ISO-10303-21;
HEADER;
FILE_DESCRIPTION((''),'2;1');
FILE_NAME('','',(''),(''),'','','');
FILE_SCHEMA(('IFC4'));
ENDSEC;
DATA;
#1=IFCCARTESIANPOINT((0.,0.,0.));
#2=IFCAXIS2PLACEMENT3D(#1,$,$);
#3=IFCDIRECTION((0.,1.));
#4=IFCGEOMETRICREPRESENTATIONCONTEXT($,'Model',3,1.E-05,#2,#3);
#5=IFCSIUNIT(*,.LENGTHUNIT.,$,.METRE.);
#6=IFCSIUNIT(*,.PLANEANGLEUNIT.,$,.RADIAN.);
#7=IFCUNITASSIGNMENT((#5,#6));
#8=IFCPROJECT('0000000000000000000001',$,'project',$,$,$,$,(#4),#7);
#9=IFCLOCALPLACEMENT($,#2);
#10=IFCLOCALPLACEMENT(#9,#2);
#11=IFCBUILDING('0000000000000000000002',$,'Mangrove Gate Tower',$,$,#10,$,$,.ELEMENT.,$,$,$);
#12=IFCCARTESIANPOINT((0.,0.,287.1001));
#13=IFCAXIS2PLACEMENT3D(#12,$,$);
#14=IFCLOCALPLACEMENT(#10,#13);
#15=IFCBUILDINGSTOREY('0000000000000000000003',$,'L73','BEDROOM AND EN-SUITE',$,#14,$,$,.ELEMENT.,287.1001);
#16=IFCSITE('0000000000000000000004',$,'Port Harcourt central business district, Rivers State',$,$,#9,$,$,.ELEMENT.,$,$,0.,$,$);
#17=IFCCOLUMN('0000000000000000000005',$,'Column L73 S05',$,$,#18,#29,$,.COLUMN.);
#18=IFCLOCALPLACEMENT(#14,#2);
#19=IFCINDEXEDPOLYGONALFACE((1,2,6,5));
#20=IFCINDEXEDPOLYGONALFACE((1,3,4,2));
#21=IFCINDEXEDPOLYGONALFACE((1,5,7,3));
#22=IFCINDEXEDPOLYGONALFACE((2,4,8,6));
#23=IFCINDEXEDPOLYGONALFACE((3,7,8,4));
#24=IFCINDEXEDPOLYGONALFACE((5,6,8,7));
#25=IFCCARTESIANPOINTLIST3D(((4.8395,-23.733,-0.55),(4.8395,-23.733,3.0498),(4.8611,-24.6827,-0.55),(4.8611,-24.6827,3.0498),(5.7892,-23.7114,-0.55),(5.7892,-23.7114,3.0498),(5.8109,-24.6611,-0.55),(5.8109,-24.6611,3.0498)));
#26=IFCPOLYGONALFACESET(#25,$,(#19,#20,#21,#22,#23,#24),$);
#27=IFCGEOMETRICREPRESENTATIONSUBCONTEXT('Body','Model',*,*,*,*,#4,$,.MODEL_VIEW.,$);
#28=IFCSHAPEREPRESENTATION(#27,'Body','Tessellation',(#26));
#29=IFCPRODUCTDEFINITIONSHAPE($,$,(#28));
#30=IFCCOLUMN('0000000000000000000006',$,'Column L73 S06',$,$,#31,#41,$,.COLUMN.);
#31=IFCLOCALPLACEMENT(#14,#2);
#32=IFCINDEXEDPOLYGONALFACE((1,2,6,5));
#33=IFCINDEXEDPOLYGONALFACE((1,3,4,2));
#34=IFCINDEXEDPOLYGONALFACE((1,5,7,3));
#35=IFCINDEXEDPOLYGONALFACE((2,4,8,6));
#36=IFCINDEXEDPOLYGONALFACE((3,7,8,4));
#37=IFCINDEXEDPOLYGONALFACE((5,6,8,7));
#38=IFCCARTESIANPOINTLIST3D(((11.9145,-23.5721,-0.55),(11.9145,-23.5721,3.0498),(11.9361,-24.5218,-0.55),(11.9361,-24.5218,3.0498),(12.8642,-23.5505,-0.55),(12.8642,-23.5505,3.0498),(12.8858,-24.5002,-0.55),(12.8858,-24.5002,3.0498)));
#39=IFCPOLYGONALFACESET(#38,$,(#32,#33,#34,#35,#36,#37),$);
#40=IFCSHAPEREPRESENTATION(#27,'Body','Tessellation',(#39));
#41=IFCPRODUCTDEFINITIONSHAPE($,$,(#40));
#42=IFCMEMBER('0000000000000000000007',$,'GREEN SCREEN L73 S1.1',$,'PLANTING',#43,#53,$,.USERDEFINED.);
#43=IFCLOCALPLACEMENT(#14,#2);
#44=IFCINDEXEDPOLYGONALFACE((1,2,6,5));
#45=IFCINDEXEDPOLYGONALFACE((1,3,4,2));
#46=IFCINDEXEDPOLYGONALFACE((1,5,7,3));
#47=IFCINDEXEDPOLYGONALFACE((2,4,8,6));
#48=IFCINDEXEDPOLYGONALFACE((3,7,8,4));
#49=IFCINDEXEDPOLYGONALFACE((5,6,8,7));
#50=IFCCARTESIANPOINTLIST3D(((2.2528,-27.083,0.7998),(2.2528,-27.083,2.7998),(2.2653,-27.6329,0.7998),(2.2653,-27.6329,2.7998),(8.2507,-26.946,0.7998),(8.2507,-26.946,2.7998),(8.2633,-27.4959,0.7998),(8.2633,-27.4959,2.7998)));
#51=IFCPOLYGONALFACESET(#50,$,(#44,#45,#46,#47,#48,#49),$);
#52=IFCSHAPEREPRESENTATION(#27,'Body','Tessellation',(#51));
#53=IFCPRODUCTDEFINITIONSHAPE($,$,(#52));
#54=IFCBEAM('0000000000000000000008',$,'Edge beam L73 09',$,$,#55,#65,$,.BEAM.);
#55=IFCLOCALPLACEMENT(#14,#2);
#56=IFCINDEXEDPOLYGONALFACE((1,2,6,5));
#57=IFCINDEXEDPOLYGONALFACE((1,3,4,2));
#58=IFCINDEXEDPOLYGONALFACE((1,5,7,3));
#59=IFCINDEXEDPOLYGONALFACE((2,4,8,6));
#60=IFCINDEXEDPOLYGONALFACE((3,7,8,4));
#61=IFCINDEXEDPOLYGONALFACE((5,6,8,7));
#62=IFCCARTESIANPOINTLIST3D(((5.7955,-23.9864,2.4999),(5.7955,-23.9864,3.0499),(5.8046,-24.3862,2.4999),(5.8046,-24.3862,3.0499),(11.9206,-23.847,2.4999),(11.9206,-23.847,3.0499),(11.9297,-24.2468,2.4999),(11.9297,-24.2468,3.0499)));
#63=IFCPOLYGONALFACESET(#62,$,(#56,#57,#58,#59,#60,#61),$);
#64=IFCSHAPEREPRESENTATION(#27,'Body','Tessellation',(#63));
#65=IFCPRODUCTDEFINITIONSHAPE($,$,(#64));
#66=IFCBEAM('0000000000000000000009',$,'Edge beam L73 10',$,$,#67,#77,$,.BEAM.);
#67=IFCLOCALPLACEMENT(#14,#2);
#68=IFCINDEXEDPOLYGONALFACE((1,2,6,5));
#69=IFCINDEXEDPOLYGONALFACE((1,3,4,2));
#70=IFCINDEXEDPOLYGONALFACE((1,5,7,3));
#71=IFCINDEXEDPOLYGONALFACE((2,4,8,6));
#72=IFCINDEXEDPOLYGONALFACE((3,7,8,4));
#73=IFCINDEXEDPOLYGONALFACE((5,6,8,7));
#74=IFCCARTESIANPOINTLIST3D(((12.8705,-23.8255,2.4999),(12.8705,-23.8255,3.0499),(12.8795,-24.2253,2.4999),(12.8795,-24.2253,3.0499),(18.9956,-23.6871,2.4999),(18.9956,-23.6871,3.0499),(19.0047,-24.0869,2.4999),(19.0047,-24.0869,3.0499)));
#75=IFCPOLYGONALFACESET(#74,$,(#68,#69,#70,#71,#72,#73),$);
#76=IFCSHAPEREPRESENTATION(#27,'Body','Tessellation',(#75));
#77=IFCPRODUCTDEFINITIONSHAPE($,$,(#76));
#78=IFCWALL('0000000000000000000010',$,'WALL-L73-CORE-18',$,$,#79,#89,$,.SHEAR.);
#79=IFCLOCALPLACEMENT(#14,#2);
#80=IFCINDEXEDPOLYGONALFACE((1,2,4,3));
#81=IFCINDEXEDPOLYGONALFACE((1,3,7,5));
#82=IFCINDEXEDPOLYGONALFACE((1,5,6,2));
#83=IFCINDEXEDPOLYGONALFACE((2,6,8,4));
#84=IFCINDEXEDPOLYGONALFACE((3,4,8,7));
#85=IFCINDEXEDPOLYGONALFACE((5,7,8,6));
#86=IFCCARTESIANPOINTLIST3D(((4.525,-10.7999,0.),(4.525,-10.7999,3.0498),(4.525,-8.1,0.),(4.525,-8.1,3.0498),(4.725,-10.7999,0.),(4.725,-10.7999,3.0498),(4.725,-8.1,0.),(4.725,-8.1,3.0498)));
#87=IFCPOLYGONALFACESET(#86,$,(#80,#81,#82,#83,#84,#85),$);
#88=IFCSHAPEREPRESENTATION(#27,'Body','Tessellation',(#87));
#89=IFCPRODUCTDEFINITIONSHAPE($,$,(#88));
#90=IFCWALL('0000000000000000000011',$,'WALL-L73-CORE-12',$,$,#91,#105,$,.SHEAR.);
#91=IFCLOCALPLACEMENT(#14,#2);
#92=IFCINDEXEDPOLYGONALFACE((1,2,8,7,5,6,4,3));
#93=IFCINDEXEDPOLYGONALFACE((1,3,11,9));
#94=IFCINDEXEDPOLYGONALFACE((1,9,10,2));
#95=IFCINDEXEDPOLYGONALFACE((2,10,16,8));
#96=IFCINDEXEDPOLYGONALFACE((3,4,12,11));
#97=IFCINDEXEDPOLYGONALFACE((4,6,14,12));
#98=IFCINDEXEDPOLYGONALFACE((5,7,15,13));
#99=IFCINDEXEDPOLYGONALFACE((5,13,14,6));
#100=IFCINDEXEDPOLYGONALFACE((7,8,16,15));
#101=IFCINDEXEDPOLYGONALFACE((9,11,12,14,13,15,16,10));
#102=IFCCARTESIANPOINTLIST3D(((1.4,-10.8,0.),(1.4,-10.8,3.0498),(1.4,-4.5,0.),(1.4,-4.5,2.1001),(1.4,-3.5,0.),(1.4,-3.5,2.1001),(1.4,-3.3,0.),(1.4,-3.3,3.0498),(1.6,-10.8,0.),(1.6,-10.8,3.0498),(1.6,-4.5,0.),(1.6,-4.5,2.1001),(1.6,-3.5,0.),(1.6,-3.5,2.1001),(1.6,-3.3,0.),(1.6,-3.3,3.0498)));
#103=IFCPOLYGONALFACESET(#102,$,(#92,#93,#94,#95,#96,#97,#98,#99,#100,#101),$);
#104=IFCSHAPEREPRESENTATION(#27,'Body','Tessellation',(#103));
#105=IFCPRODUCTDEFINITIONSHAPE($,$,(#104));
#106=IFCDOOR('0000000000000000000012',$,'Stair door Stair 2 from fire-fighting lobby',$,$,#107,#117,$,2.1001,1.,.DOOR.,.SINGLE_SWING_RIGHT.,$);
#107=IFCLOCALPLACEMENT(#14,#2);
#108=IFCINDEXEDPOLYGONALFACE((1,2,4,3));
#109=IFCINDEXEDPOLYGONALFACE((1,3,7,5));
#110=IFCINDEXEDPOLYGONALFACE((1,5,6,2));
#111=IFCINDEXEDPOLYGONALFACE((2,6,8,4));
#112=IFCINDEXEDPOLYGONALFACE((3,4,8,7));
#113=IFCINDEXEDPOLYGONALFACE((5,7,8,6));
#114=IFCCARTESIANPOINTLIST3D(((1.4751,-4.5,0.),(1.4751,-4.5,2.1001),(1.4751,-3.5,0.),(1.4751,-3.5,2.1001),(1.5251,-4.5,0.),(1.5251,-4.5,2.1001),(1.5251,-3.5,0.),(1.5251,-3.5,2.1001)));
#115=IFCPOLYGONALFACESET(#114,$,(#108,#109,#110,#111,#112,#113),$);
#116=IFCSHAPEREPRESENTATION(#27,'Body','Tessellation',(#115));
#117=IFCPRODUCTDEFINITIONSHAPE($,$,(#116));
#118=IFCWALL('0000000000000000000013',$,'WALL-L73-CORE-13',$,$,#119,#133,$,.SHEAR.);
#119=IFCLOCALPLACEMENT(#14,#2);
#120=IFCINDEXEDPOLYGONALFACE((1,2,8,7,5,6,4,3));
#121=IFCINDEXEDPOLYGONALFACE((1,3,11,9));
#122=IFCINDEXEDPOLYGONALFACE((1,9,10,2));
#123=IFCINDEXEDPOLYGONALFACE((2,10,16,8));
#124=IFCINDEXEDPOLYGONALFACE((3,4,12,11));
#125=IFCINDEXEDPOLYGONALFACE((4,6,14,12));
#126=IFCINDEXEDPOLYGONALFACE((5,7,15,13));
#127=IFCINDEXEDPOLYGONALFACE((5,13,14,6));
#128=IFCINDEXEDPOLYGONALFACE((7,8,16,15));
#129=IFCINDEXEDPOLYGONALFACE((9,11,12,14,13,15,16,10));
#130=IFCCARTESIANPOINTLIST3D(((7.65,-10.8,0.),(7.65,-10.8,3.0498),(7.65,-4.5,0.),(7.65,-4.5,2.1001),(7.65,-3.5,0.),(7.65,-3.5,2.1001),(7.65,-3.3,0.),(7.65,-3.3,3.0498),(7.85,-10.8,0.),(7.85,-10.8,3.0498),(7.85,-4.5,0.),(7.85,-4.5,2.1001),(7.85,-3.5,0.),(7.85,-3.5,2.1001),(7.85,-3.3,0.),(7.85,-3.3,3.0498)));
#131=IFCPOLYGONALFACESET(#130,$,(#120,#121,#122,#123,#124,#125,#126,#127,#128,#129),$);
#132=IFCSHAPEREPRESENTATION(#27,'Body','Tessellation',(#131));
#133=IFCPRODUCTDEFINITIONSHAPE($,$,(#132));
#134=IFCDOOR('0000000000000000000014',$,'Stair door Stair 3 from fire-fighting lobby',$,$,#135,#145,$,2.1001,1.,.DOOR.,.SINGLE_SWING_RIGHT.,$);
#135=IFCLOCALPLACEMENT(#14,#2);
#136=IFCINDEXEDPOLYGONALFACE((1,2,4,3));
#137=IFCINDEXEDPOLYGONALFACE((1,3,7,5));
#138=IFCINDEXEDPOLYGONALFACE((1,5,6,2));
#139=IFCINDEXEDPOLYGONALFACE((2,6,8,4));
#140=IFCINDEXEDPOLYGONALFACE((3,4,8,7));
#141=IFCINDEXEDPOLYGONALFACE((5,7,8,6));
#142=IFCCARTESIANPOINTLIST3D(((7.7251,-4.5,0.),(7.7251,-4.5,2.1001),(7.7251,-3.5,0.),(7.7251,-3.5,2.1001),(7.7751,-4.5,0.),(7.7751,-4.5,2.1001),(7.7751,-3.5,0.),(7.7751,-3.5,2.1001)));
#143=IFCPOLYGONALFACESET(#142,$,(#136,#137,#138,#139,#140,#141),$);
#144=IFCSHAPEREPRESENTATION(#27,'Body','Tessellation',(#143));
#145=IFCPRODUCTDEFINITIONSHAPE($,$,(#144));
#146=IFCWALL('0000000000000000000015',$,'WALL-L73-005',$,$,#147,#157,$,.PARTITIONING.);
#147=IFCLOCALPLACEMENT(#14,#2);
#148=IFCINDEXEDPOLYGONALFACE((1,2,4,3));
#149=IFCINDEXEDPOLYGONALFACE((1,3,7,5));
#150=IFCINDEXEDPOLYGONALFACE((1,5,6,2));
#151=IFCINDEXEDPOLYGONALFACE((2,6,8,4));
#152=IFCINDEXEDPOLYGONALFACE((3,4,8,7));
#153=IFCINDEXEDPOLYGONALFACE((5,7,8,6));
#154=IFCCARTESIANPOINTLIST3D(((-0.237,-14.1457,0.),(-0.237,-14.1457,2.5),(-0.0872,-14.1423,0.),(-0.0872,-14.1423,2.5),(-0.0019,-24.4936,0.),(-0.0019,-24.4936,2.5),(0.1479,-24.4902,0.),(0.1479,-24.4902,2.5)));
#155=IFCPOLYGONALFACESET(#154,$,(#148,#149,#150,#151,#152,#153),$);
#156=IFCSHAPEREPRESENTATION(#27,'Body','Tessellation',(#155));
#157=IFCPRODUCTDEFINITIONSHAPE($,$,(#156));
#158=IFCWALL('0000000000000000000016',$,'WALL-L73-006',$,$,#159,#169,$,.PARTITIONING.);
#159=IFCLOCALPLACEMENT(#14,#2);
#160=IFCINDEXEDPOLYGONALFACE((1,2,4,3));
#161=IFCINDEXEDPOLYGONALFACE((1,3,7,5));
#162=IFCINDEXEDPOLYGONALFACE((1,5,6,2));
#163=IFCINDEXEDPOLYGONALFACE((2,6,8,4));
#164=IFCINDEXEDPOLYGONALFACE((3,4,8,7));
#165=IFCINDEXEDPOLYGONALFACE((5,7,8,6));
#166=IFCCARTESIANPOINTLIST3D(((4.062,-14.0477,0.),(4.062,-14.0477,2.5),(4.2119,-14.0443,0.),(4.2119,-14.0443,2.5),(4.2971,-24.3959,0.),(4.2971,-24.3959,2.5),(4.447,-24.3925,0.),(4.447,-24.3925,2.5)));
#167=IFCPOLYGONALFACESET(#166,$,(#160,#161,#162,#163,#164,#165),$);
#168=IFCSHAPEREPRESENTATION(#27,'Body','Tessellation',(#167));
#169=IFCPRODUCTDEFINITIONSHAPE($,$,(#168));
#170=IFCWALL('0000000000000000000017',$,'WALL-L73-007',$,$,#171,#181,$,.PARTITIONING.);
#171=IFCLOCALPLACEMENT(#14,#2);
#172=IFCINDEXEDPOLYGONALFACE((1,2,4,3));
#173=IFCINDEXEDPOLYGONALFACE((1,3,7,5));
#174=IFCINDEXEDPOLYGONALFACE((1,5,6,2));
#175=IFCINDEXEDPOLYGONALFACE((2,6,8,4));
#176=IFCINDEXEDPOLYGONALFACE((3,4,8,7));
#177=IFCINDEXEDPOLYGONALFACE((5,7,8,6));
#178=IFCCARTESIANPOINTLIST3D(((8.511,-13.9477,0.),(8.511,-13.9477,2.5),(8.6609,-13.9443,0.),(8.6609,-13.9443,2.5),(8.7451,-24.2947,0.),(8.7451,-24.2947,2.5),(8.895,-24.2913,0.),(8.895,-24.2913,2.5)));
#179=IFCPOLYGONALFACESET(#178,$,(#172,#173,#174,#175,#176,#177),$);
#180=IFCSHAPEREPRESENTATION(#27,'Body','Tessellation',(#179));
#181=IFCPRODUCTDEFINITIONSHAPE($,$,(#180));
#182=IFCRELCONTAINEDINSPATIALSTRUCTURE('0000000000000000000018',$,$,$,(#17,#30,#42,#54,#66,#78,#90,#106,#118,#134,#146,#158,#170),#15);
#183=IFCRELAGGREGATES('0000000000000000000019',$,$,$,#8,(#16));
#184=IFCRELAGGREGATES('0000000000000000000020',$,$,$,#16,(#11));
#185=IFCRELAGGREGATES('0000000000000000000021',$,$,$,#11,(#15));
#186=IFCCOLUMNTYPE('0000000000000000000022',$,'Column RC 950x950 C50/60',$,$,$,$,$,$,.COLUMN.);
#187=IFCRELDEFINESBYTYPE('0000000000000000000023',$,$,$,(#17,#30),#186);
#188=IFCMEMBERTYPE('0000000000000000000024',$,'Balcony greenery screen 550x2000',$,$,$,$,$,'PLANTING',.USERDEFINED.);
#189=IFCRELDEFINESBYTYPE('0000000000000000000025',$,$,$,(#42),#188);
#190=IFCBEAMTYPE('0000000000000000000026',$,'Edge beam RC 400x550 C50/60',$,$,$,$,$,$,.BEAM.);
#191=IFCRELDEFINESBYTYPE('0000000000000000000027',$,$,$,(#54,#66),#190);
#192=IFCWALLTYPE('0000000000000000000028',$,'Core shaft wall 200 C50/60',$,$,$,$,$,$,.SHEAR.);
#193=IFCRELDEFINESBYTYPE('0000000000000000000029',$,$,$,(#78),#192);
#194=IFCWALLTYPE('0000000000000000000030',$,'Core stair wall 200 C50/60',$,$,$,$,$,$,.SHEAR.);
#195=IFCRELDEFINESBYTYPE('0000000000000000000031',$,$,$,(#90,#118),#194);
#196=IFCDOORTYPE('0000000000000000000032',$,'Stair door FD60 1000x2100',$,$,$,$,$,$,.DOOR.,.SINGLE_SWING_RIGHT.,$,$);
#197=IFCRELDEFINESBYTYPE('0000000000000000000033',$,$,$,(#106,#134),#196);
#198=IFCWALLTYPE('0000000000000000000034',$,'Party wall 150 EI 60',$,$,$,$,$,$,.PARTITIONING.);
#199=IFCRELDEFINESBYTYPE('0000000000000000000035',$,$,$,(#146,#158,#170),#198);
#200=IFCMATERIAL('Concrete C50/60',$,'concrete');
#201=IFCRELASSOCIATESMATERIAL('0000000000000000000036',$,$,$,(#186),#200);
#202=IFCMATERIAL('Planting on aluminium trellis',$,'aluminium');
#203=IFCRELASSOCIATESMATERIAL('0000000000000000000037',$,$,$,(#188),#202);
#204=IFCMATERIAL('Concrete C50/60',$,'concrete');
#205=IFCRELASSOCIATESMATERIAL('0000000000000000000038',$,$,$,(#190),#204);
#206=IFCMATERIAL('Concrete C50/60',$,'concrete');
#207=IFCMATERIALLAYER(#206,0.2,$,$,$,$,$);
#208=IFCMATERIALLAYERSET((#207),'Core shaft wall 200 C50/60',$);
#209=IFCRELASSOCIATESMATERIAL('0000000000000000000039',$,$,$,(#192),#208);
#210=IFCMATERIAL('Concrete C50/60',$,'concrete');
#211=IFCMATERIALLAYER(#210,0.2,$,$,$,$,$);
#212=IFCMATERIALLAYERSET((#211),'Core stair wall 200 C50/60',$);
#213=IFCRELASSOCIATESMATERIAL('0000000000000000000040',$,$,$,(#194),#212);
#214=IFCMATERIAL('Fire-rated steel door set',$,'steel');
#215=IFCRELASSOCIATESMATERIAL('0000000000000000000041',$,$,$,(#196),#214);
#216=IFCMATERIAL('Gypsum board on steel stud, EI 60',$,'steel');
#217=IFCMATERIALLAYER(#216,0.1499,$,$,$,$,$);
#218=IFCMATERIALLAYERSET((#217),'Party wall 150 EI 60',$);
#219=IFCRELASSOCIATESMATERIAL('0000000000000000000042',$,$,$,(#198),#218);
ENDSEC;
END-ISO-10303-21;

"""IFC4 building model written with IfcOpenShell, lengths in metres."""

from ifc_helpers import new_model, si_unit, direction, frame, frame_2d, origin, origin_2d, place, context, subcontext, project, spatial, rectangle, extrude, material, layer, layer_set, material_profile, profile_set, type_object, element, fill, save


model = new_model("IFC4")

# Units and contexts
model_context = context("Model", 3, precision=1e-05, world=origin(), true_north=direction((0.0, 1.0)))
body_context = subcontext(model_context, "Body", "Model", "MODEL_VIEW")
ifc_project = project(units=[si_unit("LENGTHUNIT", "METRE"), si_unit("PLANEANGLEUNIT", "RADIAN")], contexts=[model_context])

# Site, building, storey
site_placement = place(None, origin())
site = spatial("IfcSite", under=ifc_project, at=site_placement, Name="Port Harcourt central business district, Rivers State", CompositionType="ELEMENT", RefElevation=0.0)
building_placement = place(site_placement, origin())
building = spatial("IfcBuilding", under=site, at=building_placement, Name="Mangrove Gate Tower", CompositionType="ELEMENT")
storey_placement = place(building_placement, frame((0.0, 0.0, 287.1001)))
storey = spatial("IfcBuildingStorey", under=building, at=storey_placement, Name="L73", Description="BEDROOM AND EN-SUITE", CompositionType="ELEMENT", Elevation=287.1001)

# Columns
ifc_material_1 = material(Name="Concrete C50/60", Category="concrete")
ifc_material_profile_1 = material_profile(ifc_material_1, rectangle(XDim=0.95, YDim=0.95, at=origin_2d()))
ifc_profile_set_1 = profile_set([ifc_material_profile_1], Name="Concrete C50/60")
column_type = type_object("IfcColumnType", Name="Column RC 950x950 C50/60", PredefinedType="COLUMN", material=ifc_profile_set_1)
for number, where, z_axis, x_axis, name in (
    (1, (5.3252, -24.197, -0.55), (0.0, 0.0, 1.0), (0.999741, 0.022752, 0.0), "Column L73 S05"),
    (2, (12.4001, -24.0361, -0.55), (0.0, 0.0, 1.0), (0.999743, 0.02268, 0.0), "Column L73 S06"),
):
    element("IfcColumn", number, at=place(storey_placement, frame(where, z_axis=z_axis, x_axis=x_axis)), inside=storey, type_object=column_type, Name=name, PredefinedType="COLUMN", context=body_context, shape_type="SweptSolid", body=[
        extrude(rectangle(XDim=0.95, YDim=0.95, at=origin_2d()), origin(), (0.0, 0.0, 1.0), 3.5999),
    ])

# Member
ifc_material_2 = material(Name="Planting on aluminium trellis", Category="aluminium")
ifc_material_profile_2 = material_profile(ifc_material_2, rectangle(XDim=0.55, YDim=2.0, at=origin_2d()))
ifc_profile_set_2 = profile_set([ifc_material_profile_2], Name="Planting on aluminium trellis")
member_type = type_object("IfcMemberType", Name="Balcony greenery screen 550x2000", ElementType="PLANTING", PredefinedType="USERDEFINED", material=ifc_profile_set_2)
member_placement = place(storey_placement, frame((2.259, -27.3579, 1.7998), z_axis=(0.999739, 0.022829, 0.0), x_axis=(-0.022829, 0.999739, 0.0)))
element("IfcMember", 3, at=member_placement, inside=storey, type_object=member_type, Name="GREEN SCREEN L73 S1.1", ObjectType="PLANTING", PredefinedType="USERDEFINED", context=body_context, shape_type="SweptSolid", body=[
    extrude(rectangle(XDim=0.55, YDim=2.0, at=origin_2d()), origin(), (0.0, 0.0, 1.0), 5.9995),
])

# Beams
ifc_material_3 = material(Name="Concrete C50/60", Category="concrete")
ifc_material_profile_3 = material_profile(ifc_material_3, rectangle(XDim=0.3999, YDim=0.55, at=origin_2d()))
ifc_profile_set_3 = profile_set([ifc_material_profile_3], Name="Concrete C50/60")
beam_type = type_object("IfcBeamType", Name="Edge beam RC 400x550 C50/60", PredefinedType="BEAM", material=ifc_profile_set_3)
for number, where, z_axis, x_axis, name in (
    (4, (5.8, -24.1863, 2.7749), (0.999741, 0.022753, 0.0), (-0.022753, 0.999741, 0.0), "Edge beam L73 09"),
    (5, (12.875, -24.0254, 2.7749), (0.999745, 0.022594, 0.0), (-0.022594, 0.999745, 0.0), "Edge beam L73 10"),
):
    element("IfcBeam", number, at=place(storey_placement, frame(where, z_axis=z_axis, x_axis=x_axis)), inside=storey, type_object=beam_type, Name=name, PredefinedType="BEAM", context=body_context, shape_type="SweptSolid", body=[
        extrude(rectangle(XDim=0.3999, YDim=0.55, at=origin_2d()), origin(), (0.0, 0.0, 1.0), 6.1267),
    ])

# Wall
ifc_material_4 = material(Name="Concrete C50/60", Category="concrete")
ifc_layer_1 = layer(ifc_material_4, 0.2)
ifc_layer_set_1 = layer_set([ifc_layer_1], Name="Core shaft wall 200 C50/60")
wall_type_1 = type_object("IfcWallType", Name="Core shaft wall 200 C50/60", PredefinedType="SHEAR", material=ifc_layer_set_1)
wall_1_placement = place(storey_placement, frame((4.625, -10.8, 0.0), z_axis=(0.0, 0.0, 1.0), x_axis=(0.0, 1.0, 0.0)))
element("IfcWall", 6, at=wall_1_placement, inside=storey, type_object=wall_type_1, Name="WALL-L73-CORE-18", PredefinedType="SHEAR", context=body_context, shape_type="SweptSolid", body=[
    extrude(rectangle(XDim=2.7, YDim=0.2, at=frame_2d((1.3501, 0.0))), origin(), (0.0, 0.0, 1.0), 3.0498),
])

# Walls, openings, doors
ifc_material_5 = material(Name="Concrete C50/60", Category="concrete")
ifc_layer_2 = layer(ifc_material_5, 0.2)
ifc_layer_set_2 = layer_set([ifc_layer_2], Name="Core stair wall 200 C50/60")
wall_type_2 = type_object("IfcWallType", Name="Core stair wall 200 C50/60", PredefinedType="SHEAR", material=ifc_layer_set_2)
wall_2_placement = place(storey_placement, frame((1.5, -10.8, 0.0), z_axis=(0.0, 0.0, 1.0), x_axis=(0.0, 1.0, 0.0)))
wall_2 = element("IfcWall", 7, at=wall_2_placement, inside=storey, type_object=wall_type_2, Name="WALL-L73-CORE-12", PredefinedType="SHEAR", context=body_context, shape_type="SweptSolid", body=[
    extrude(rectangle(XDim=7.5, YDim=0.2, at=frame_2d((3.75, 0.0))), origin(), (0.0, 0.0, 1.0), 3.0498),
])
opening_1_placement = place(wall_2_placement, frame((6.3, 0.0, 0.0)))
opening_1 = element("IfcOpeningElement", 8, at=opening_1_placement, cuts=wall_2, PredefinedType="OPENING", context=body_context, shape_type="SweptSolid", body=[
    extrude(rectangle(XDim=1.0, YDim=2.1001, at=frame_2d((0.5, 1.05))), frame((0.0, 0.1099, 0.0), z_axis=(0.0, -1.0, 0.0), x_axis=(1.0, 0.0, 0.0)), (0.0, 0.0, 1.0), 0.22),
])
ifc_material_6 = material(Name="Fire-rated steel door set", Category="steel")
door_type_1 = type_object("IfcDoorType", Name="Stair door FD60 1000x2100", OperationType="SINGLE_SWING_RIGHT", PredefinedType="DOOR", material=ifc_material_6)
door_1_placement = place(opening_1_placement, origin())
door_1 = element("IfcDoor", 9, at=door_1_placement, inside=storey, type_object=door_type_1, Name="Stair door Stair 2 from fire-fighting lobby", OperationType="SINGLE_SWING_RIGHT", OverallHeight=2.1001, OverallWidth=1.0, PredefinedType="DOOR", context=body_context, shape_type="SweptSolid", body=[
    extrude(rectangle(XDim=1.0, YDim=2.1001, at=frame_2d((0.5, 1.05))), frame((0.0, 0.0249, 0.0), z_axis=(0.0, -1.0, 0.0), x_axis=(1.0, 0.0, 0.0)), (0.0, 0.0, 1.0), 0.05),
])
fill(opening_1, door_1)
wall_3_placement = place(storey_placement, frame((7.75, -10.8, 0.0), z_axis=(0.0, 0.0, 1.0), x_axis=(0.0, 1.0, 0.0)))
wall_3 = element("IfcWall", 10, at=wall_3_placement, inside=storey, type_object=wall_type_2, Name="WALL-L73-CORE-13", PredefinedType="SHEAR", context=body_context, shape_type="SweptSolid", body=[
    extrude(rectangle(XDim=7.5, YDim=0.2, at=frame_2d((3.75, 0.0))), origin(), (0.0, 0.0, 1.0), 3.0498),
])
opening_2_placement = place(wall_3_placement, frame((6.3, 0.0, 0.0)))
opening_2 = element("IfcOpeningElement", 11, at=opening_2_placement, cuts=wall_3, PredefinedType="OPENING", context=body_context, shape_type="SweptSolid", body=[
    extrude(rectangle(XDim=1.0, YDim=2.1001, at=frame_2d((0.5, 1.05))), frame((0.0, 0.1099, 0.0), z_axis=(0.0, -1.0, 0.0), x_axis=(1.0, 0.0, 0.0)), (0.0, 0.0, 1.0), 0.22),
])
door_2_placement = place(opening_2_placement, origin())
door_2 = element("IfcDoor", 12, at=door_2_placement, inside=storey, type_object=door_type_1, Name="Stair door Stair 3 from fire-fighting lobby", OperationType="SINGLE_SWING_RIGHT", OverallHeight=2.1001, OverallWidth=1.0, PredefinedType="DOOR", context=body_context, shape_type="SweptSolid", body=[
    extrude(rectangle(XDim=1.0, YDim=2.1001, at=frame_2d((0.5, 1.05))), frame((0.0, 0.0249, 0.0), z_axis=(0.0, -1.0, 0.0), x_axis=(1.0, 0.0, 0.0)), (0.0, 0.0, 1.0), 0.05),
])
fill(opening_2, door_2)

# Walls
ifc_material_7 = material(Name="Gypsum board on steel stud, EI 60", Category="steel")
ifc_layer_3 = layer(ifc_material_7, 0.1499)
ifc_layer_set_3 = layer_set([ifc_layer_3], Name="Party wall 150 EI 60")
wall_type_3 = type_object("IfcWallType", Name="Party wall 150 EI 60", PredefinedType="PARTITIONING", material=ifc_layer_set_3)
wall_4_placement = place(storey_placement, frame((0.073, -24.4919, 0.0), z_axis=(0.0, 0.0, 1.0), x_axis=(-0.022714, 0.999742, 0.0)))
element("IfcWall", 13, at=wall_4_placement, inside=storey, type_object=wall_type_3, Name="WALL-L73-005", PredefinedType="PARTITIONING", context=body_context, shape_type="SweptSolid", body=[
    extrude(rectangle(XDim=10.3506, YDim=0.1499, at=frame_2d((5.1753, 0.0))), origin(), (0.0, 0.0, 1.0), 2.5),
])
wall_5_placement = place(storey_placement, frame((4.3721, -24.394, 0.0), z_axis=(0.0, 0.0, 1.0), x_axis=(-0.022714, 0.999742, 0.0)))
element("IfcWall", 14, at=wall_5_placement, inside=storey, type_object=wall_type_3, Name="WALL-L73-006", PredefinedType="PARTITIONING", context=body_context, shape_type="SweptSolid", body=[
    extrude(rectangle(XDim=10.3508, YDim=0.1499, at=frame_2d((5.1753, 0.0))), origin(), (0.0, 0.0, 1.0), 2.5),
])
wall_6_placement = place(storey_placement, frame((8.8201, -24.293, 0.0), z_axis=(0.0, 0.0, 1.0), x_axis=(-0.022622, 0.999744, 0.0)))
element("IfcWall", 15, at=wall_6_placement, inside=storey, type_object=wall_type_3, Name="WALL-L73-007", PredefinedType="PARTITIONING", context=body_context, shape_type="SweptSolid", body=[
    extrude(rectangle(XDim=10.3496, YDim=0.1499, at=frame_2d((5.1748, 0.0))), origin(), (0.0, 0.0, 1.0), 2.5),
])

save(model, "model.ifc")
